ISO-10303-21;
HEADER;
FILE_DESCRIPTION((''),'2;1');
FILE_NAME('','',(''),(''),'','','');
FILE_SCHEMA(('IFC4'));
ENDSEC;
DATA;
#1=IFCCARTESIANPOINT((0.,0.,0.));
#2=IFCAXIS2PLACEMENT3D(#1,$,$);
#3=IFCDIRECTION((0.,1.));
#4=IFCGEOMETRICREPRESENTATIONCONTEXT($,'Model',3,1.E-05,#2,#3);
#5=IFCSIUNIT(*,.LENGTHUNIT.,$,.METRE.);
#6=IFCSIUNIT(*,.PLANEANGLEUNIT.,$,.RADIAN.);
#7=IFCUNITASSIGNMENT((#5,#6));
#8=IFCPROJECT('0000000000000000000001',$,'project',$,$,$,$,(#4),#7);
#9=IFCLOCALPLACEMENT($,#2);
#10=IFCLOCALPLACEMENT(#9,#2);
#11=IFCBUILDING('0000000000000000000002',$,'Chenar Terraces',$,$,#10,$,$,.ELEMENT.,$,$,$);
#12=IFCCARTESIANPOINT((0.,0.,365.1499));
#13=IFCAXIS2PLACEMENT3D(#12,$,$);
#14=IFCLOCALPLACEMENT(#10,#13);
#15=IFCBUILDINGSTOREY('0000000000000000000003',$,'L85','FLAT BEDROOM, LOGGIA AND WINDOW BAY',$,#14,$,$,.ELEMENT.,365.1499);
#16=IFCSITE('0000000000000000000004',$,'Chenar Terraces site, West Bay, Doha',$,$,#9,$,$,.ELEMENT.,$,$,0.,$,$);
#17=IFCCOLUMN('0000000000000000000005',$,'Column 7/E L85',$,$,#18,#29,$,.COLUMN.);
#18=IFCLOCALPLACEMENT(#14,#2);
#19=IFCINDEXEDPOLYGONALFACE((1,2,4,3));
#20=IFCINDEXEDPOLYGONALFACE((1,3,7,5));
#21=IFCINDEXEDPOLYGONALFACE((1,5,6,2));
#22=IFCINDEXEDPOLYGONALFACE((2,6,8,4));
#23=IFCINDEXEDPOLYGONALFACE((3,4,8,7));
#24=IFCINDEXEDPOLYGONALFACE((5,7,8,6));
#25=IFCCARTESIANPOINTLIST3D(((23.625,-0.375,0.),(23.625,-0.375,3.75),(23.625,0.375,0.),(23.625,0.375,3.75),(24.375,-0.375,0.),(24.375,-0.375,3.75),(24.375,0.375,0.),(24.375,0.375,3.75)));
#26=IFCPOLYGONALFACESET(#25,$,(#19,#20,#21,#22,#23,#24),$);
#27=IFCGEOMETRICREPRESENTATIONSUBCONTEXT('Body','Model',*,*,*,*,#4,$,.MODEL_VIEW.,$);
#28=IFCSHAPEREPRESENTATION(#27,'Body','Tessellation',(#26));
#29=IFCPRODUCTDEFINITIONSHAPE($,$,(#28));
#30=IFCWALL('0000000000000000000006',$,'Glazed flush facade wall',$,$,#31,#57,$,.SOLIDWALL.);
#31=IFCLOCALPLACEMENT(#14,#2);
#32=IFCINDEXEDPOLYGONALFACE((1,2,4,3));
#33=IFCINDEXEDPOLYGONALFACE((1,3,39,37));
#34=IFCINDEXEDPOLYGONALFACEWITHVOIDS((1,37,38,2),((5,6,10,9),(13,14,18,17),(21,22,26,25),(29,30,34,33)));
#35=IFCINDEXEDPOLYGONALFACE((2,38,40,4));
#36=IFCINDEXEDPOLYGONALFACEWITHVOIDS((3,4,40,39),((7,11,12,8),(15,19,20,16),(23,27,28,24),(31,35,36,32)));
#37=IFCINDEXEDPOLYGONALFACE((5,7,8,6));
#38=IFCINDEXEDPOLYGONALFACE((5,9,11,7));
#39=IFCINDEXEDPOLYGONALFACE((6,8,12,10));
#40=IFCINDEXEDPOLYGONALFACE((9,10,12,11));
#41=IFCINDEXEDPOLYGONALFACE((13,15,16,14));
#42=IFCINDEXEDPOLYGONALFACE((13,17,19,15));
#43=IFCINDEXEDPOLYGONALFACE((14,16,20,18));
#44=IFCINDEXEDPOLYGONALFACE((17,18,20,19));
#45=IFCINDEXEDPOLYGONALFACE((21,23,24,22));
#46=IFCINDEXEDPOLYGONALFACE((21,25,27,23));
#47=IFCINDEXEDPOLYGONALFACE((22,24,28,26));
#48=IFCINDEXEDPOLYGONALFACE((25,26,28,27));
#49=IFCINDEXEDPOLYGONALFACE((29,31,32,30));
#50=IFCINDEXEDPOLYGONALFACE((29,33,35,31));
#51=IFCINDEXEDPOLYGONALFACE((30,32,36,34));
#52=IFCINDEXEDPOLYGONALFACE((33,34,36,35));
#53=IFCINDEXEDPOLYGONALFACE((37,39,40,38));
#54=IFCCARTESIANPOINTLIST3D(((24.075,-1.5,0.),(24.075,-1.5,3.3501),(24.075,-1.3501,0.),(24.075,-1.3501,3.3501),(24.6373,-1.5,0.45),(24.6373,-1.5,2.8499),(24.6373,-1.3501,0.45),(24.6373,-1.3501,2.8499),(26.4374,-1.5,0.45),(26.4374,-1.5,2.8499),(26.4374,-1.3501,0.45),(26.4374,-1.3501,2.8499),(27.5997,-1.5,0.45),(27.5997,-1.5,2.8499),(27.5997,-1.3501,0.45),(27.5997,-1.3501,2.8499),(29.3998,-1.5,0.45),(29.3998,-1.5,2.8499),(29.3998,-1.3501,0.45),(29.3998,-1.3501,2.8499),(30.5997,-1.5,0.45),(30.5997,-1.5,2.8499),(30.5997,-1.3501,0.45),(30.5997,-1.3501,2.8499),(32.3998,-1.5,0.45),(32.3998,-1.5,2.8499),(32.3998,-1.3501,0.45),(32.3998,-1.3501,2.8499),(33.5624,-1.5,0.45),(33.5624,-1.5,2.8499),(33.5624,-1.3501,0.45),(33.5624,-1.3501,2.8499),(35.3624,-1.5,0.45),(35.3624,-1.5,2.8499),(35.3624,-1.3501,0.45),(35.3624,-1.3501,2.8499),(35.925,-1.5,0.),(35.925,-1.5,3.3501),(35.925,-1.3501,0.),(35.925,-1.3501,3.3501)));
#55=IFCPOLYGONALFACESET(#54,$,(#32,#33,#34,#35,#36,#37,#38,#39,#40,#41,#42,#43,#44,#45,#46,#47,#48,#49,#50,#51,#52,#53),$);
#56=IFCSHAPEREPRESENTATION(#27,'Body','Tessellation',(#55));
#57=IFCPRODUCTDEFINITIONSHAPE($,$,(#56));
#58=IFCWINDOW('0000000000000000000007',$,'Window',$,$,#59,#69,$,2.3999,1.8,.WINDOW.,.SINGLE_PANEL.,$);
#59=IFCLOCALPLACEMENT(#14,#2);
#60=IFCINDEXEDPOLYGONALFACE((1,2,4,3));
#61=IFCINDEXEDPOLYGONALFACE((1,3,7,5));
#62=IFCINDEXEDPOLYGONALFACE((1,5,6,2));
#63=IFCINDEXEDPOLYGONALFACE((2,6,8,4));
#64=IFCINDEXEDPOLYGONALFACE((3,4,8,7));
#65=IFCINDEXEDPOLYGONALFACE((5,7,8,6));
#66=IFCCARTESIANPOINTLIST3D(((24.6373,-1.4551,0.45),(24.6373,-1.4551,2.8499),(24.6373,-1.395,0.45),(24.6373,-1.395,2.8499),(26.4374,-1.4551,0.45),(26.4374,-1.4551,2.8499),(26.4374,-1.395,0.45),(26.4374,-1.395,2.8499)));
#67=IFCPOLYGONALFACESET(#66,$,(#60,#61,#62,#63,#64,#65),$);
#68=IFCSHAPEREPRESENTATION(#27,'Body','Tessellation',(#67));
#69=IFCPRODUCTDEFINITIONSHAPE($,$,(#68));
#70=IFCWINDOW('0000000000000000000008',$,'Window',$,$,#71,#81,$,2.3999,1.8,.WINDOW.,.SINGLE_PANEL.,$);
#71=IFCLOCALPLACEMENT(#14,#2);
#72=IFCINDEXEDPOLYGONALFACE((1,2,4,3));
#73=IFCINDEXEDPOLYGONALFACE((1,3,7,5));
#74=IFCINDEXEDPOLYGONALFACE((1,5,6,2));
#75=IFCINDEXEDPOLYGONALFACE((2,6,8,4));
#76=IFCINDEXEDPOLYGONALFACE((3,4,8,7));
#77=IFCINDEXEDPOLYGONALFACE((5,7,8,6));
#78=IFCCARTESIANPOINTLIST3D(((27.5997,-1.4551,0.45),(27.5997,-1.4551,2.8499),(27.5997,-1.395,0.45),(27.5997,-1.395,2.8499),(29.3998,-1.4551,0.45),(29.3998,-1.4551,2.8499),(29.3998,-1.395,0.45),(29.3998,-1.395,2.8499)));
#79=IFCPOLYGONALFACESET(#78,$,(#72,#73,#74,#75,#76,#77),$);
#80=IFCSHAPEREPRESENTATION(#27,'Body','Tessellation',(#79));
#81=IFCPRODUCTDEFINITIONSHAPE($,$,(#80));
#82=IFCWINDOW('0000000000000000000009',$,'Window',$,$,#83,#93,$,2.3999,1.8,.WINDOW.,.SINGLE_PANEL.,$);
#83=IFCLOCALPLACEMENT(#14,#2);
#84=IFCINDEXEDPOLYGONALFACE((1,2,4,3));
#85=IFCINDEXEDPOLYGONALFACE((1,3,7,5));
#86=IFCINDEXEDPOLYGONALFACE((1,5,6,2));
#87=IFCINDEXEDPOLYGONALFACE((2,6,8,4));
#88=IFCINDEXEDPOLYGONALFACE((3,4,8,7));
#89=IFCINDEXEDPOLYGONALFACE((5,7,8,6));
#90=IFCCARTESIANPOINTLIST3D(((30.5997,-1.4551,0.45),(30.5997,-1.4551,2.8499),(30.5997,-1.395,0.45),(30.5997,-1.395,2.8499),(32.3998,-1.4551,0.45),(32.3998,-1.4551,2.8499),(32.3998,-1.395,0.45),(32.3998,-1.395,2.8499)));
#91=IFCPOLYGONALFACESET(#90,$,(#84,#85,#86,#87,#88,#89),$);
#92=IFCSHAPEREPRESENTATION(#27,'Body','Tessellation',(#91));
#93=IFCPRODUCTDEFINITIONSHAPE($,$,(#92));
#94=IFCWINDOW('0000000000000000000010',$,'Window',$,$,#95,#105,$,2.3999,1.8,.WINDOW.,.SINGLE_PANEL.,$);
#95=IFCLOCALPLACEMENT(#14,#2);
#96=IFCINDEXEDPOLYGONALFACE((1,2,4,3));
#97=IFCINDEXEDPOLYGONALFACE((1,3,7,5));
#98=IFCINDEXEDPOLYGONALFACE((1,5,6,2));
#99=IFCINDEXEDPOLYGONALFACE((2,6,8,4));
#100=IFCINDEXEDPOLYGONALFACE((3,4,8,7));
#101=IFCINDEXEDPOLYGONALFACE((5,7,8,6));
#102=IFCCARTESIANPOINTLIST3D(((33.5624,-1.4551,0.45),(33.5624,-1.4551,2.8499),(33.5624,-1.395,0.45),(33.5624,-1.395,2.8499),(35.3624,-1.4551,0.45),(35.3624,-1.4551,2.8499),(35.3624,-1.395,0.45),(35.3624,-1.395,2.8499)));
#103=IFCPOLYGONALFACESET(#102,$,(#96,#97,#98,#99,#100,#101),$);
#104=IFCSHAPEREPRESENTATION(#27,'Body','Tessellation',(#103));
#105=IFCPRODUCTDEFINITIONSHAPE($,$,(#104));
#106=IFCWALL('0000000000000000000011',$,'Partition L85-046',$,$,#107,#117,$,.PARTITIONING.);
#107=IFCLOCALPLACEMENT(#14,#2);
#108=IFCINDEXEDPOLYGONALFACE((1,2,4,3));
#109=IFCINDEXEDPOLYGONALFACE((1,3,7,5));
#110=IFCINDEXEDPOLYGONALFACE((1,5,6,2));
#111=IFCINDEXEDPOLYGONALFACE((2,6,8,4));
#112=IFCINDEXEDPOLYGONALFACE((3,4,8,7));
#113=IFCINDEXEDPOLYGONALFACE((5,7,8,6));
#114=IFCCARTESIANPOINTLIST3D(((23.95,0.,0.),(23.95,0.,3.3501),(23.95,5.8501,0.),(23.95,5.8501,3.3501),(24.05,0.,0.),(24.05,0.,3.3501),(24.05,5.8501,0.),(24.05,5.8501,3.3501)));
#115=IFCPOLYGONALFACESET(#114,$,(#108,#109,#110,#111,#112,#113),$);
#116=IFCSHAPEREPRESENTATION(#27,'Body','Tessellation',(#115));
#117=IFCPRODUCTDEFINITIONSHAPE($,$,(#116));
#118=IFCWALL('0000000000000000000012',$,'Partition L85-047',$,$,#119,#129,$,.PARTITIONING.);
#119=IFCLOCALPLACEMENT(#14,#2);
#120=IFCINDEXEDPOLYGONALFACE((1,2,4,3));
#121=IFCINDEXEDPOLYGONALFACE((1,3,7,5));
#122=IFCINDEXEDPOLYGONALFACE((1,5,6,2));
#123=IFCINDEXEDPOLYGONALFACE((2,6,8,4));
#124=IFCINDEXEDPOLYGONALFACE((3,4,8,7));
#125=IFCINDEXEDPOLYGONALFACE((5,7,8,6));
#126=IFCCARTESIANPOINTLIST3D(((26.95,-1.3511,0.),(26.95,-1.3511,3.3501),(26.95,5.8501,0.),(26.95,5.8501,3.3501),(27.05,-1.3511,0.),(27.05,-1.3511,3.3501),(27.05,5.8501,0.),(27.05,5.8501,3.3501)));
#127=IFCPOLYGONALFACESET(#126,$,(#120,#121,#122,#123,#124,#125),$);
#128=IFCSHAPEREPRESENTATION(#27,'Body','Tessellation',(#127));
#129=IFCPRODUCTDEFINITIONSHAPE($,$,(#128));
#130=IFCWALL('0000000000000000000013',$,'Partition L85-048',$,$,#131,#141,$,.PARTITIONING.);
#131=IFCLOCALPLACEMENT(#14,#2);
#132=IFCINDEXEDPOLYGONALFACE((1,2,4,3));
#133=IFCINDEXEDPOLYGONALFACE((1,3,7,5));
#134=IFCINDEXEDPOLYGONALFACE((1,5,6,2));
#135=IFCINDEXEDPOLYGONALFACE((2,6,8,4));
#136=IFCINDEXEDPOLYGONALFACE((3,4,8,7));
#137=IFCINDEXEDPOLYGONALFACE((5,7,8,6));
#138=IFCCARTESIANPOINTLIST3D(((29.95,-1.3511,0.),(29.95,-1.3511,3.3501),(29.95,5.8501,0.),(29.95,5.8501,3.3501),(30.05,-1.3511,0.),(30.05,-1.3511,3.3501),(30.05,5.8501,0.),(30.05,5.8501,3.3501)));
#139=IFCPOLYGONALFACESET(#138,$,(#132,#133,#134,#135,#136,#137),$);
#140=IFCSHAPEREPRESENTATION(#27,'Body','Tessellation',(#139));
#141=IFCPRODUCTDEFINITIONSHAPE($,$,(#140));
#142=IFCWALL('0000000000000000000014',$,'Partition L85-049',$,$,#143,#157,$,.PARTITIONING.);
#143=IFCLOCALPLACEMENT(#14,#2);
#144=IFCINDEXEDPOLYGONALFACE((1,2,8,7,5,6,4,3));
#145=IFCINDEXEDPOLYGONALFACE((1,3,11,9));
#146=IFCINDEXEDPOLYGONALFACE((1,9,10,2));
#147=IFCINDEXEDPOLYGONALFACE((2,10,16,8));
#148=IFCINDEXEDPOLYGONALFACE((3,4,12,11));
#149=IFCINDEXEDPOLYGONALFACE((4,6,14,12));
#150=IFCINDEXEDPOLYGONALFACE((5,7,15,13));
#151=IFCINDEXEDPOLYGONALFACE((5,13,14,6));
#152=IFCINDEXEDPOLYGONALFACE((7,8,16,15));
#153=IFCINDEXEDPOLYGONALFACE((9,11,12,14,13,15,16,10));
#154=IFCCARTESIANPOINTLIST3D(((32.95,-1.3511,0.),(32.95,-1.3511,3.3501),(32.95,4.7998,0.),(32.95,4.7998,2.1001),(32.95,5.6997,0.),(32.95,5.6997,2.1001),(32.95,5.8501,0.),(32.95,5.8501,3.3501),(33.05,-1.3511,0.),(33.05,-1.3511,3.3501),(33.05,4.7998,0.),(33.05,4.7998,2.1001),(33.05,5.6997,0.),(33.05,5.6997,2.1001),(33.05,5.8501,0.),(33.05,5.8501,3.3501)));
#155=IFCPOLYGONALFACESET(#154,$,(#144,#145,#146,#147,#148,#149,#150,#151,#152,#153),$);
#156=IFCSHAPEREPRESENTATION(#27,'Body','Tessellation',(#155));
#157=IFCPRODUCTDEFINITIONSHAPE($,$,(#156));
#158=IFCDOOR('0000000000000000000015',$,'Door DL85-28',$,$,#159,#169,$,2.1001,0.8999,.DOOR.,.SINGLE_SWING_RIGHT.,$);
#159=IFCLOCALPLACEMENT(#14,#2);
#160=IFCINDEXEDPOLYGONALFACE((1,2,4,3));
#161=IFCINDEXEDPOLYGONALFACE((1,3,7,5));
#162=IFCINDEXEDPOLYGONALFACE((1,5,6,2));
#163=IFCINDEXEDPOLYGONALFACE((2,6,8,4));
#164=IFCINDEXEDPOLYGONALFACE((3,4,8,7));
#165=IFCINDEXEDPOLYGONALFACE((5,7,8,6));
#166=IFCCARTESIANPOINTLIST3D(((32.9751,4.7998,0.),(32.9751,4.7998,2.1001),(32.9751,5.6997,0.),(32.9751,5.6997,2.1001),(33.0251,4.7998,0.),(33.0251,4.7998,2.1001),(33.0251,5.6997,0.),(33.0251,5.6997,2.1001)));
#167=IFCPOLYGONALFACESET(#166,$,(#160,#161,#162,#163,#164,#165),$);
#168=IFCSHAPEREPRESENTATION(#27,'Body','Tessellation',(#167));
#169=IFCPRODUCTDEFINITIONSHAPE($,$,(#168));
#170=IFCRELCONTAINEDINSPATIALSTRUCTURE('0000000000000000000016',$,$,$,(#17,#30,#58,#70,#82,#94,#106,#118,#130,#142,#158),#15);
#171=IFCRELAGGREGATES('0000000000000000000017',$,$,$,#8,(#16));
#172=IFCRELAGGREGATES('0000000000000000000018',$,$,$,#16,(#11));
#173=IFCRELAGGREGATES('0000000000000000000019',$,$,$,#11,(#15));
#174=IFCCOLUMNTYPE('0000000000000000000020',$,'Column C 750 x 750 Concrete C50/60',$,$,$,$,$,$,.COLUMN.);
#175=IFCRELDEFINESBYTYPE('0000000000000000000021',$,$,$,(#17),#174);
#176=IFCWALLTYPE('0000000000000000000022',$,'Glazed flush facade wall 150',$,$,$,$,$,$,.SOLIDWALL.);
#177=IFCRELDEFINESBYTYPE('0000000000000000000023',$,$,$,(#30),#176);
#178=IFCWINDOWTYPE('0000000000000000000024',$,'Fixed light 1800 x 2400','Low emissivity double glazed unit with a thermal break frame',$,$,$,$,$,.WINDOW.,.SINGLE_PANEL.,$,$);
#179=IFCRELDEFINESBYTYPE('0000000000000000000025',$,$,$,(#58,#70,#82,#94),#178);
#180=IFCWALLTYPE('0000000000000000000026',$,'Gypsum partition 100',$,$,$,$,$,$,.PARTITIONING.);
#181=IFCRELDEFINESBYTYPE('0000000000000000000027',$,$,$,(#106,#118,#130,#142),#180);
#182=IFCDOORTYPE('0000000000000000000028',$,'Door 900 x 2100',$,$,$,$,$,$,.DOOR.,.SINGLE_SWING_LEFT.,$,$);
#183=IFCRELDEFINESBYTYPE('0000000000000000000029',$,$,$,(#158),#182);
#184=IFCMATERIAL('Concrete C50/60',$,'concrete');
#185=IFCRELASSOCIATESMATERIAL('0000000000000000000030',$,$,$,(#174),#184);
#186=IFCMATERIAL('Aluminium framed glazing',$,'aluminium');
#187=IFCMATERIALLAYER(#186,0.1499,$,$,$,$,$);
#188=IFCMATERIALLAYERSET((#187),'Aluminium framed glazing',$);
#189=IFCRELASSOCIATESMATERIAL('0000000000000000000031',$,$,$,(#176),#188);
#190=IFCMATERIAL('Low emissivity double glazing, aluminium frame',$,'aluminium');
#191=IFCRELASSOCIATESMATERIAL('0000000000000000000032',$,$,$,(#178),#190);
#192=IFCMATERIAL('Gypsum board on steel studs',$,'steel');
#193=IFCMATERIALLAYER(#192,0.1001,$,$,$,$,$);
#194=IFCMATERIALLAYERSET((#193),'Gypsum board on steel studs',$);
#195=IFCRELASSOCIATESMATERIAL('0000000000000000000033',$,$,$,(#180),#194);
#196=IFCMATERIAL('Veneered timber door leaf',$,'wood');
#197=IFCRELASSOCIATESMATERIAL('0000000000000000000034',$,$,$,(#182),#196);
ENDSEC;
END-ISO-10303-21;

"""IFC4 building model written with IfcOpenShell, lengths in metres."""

from ifc_helpers import new_model, si_unit, direction, frame, frame_2d, origin, origin_2d, place, context, subcontext, project, spatial, rectangle, extrude, material, layer, layer_set, material_profile, profile_set, type_object, element, fill, save


model = new_model("IFC4")

# Units and contexts
model_context = context("Model", 3, precision=1e-05, world=origin(), true_north=direction((0.0, 1.0)))
body_context = subcontext(model_context, "Body", "Model", "MODEL_VIEW")
ifc_project = project(units=[si_unit("LENGTHUNIT", "METRE"), si_unit("PLANEANGLEUNIT", "RADIAN")], contexts=[model_context])

# Site, building, storey
site_placement = place(None, origin())
site = spatial("IfcSite", under=ifc_project, at=site_placement, Name="Chenar Terraces site, West Bay, Doha", CompositionType="ELEMENT", RefElevation=0.0)
building_placement = place(site_placement, origin())
building = spatial("IfcBuilding", under=site, at=building_placement, Name="Chenar Terraces", CompositionType="ELEMENT")
storey_placement = place(building_placement, frame((0.0, 0.0, 365.1499)))
storey = spatial("IfcBuildingStorey", under=building, at=storey_placement, Name="L85", Description="FLAT BEDROOM, LOGGIA AND WINDOW BAY", CompositionType="ELEMENT", Elevation=365.1499)

# Column
ifc_material_1 = material(Name="Concrete C50/60", Category="concrete")
ifc_material_profile = material_profile(ifc_material_1, rectangle(XDim=0.75, YDim=0.75, at=origin_2d()), Name="C 750 x 750")
ifc_profile_set = profile_set([ifc_material_profile], Name="Concrete C50/60")
column_type = type_object("IfcColumnType", Name="Column C 750 x 750 Concrete C50/60", PredefinedType="COLUMN", material=ifc_profile_set)
column_placement = place(storey_placement, frame((24.0, 0.0, 0.0), z_axis=(0.0, 0.0, 1.0), x_axis=(1.0, 0.0, 0.0)))
element("IfcColumn", 1, at=column_placement, inside=storey, type_object=column_type, Name="Column 7/E L85", PredefinedType="COLUMN", context=body_context, shape_type="SweptSolid", body=[
    extrude(rectangle(XDim=0.75, YDim=0.75, at=origin_2d()), origin(), (0.0, 0.0, 1.0), 3.75),
])

# Wall, openings, windows
ifc_material_2 = material(Name="Aluminium framed glazing", Category="aluminium")
ifc_layer_1 = layer(ifc_material_2, 0.1499)
ifc_layer_set_1 = layer_set([ifc_layer_1], Name="Aluminium framed glazing")
wall_type_1 = type_object("IfcWallType", Name="Glazed flush facade wall 150", PredefinedType="SOLIDWALL", material=ifc_layer_set_1)
wall_1_placement = place(storey_placement, frame((24.075, -1.425, 0.0), z_axis=(0.0, 0.0, 1.0), x_axis=(1.0, 0.0, 0.0)))
wall_1 = element("IfcWall", 2, at=wall_1_placement, inside=storey, type_object=wall_type_1, Name="Glazed flush facade wall", PredefinedType="SOLIDWALL", context=body_context, shape_type="SweptSolid", body=[
    extrude(rectangle(XDim=11.8501, YDim=0.1499, at=frame_2d((5.925, 0.0))), origin(), (0.0, 0.0, 1.0), 3.3501),
])
opening_1_placement = place(wall_1_placement, frame((0.5625, 0.0, 0.45)))
opening_1 = element("IfcOpeningElement", 3, at=opening_1_placement, cuts=wall_1, PredefinedType="OPENING", context=body_context, shape_type="SweptSolid", body=[
    extrude(rectangle(XDim=1.8, YDim=2.3999, at=frame_2d((0.8999, 1.2))), frame((0.0, 0.085, 0.0), z_axis=(0.0, -1.0, 0.0), x_axis=(1.0, 0.0, 0.0)), (0.0, 0.0, 1.0), 0.1699),
])
opening_2_placement = place(wall_1_placement, frame((3.5249, 0.0, 0.45)))
opening_2 = element("IfcOpeningElement", 4, at=opening_2_placement, cuts=wall_1, PredefinedType="OPENING", context=body_context, shape_type="SweptSolid", body=[
    extrude(rectangle(XDim=1.8, YDim=2.3999, at=frame_2d((0.8999, 1.2))), frame((0.0, 0.085, 0.0), z_axis=(0.0, -1.0, 0.0), x_axis=(1.0, 0.0, 0.0)), (0.0, 0.0, 1.0), 0.1699),
])
opening_3_placement = place(wall_1_placement, frame((6.5249, 0.0, 0.45)))
opening_3 = element("IfcOpeningElement", 5, at=opening_3_placement, cuts=wall_1, PredefinedType="OPENING", context=body_context, shape_type="SweptSolid", body=[
    extrude(rectangle(XDim=1.8, YDim=2.3999, at=frame_2d((0.8999, 1.2))), frame((0.0, 0.085, 0.0), z_axis=(0.0, -1.0, 0.0), x_axis=(1.0, 0.0, 0.0)), (0.0, 0.0, 1.0), 0.1699),
])
opening_4_placement = place(wall_1_placement, frame((9.4875, 0.0, 0.45)))
opening_4 = element("IfcOpeningElement", 6, at=opening_4_placement, cuts=wall_1, PredefinedType="OPENING", context=body_context, shape_type="SweptSolid", body=[
    extrude(rectangle(XDim=1.8, YDim=2.3999, at=frame_2d((0.8999, 1.2))), frame((0.0, 0.085, 0.0), z_axis=(0.0, -1.0, 0.0), x_axis=(1.0, 0.0, 0.0)), (0.0, 0.0, 1.0), 0.1699),
])
ifc_material_3 = material(Name="Low emissivity double glazing, aluminium frame", Category="aluminium")
window_type = type_object("IfcWindowType", Name="Fixed light 1800 x 2400", Description="Low emissivity double glazed unit with a thermal break frame", PartitioningType="SINGLE_PANEL", PredefinedType="WINDOW", material=ifc_material_3)
window_1_placement = place(opening_1_placement, origin())
window_1 = element("IfcWindow", 7, at=window_1_placement, inside=storey, type_object=window_type, Name="Window", OverallHeight=2.3999, OverallWidth=1.8, PartitioningType="SINGLE_PANEL", PredefinedType="WINDOW", context=body_context, shape_type="SweptSolid", body=[
    extrude(rectangle(XDim=1.8, YDim=2.3999, at=frame_2d((0.8999, 1.2))), frame((0.0, 0.03, 0.0), z_axis=(0.0, -1.0, 0.0), x_axis=(1.0, 0.0, 0.0)), (0.0, 0.0, 1.0), 0.0601),
])
fill(opening_1, window_1)
window_2_placement = place(opening_2_placement, origin())
window_2 = element("IfcWindow", 8, at=window_2_placement, inside=storey, type_object=window_type, Name="Window", OverallHeight=2.3999, OverallWidth=1.8, PartitioningType="SINGLE_PANEL", PredefinedType="WINDOW", context=body_context, shape_type="SweptSolid", body=[
    extrude(rectangle(XDim=1.8, YDim=2.3999, at=frame_2d((0.8999, 1.2))), frame((0.0, 0.03, 0.0), z_axis=(0.0, -1.0, 0.0), x_axis=(1.0, 0.0, 0.0)), (0.0, 0.0, 1.0), 0.0601),
])
fill(opening_2, window_2)
window_3_placement = place(opening_3_placement, origin())
window_3 = element("IfcWindow", 9, at=window_3_placement, inside=storey, type_object=window_type, Name="Window", OverallHeight=2.3999, OverallWidth=1.8, PartitioningType="SINGLE_PANEL", PredefinedType="WINDOW", context=body_context, shape_type="SweptSolid", body=[
    extrude(rectangle(XDim=1.8, YDim=2.3999, at=frame_2d((0.8999, 1.2))), frame((0.0, 0.03, 0.0), z_axis=(0.0, -1.0, 0.0), x_axis=(1.0, 0.0, 0.0)), (0.0, 0.0, 1.0), 0.0601),
])
fill(opening_3, window_3)
window_4_placement = place(opening_4_placement, origin())
window_4 = element("IfcWindow", 10, at=window_4_placement, inside=storey, type_object=window_type, Name="Window", OverallHeight=2.3999, OverallWidth=1.8, PartitioningType="SINGLE_PANEL", PredefinedType="WINDOW", context=body_context, shape_type="SweptSolid", body=[
    extrude(rectangle(XDim=1.8, YDim=2.3999, at=frame_2d((0.8999, 1.2))), frame((0.0, 0.03, 0.0), z_axis=(0.0, -1.0, 0.0), x_axis=(1.0, 0.0, 0.0)), (0.0, 0.0, 1.0), 0.0601),
])
fill(opening_4, window_4)

# Walls
ifc_material_4 = material(Name="Gypsum board on steel studs", Category="steel")
ifc_layer_2 = layer(ifc_material_4, 0.1001)
ifc_layer_set_2 = layer_set([ifc_layer_2], Name="Gypsum board on steel studs")
wall_type_2 = type_object("IfcWallType", Name="Gypsum partition 100", PredefinedType="PARTITIONING", material=ifc_layer_set_2)
wall_2_placement = place(storey_placement, frame((24.0, 0.0, 0.0), z_axis=(0.0, 0.0, 1.0), x_axis=(0.0, 1.0, 0.0)))
element("IfcWall", 11, at=wall_2_placement, inside=storey, type_object=wall_type_2, Name="Partition L85-046", PredefinedType="PARTITIONING", context=body_context, shape_type="SweptSolid", body=[
    extrude(rectangle(XDim=5.8501, YDim=0.1001, at=frame_2d((2.925, 0.0))), origin(), (0.0, 0.0, 1.0), 3.3501),
])
for number, where, z_axis, x_axis, name in (
    (12, (27.0, -1.3511, 0.0), (0.0, 0.0, 1.0), (0.0, 1.0, 0.0), "Partition L85-047"),
    (13, (30.0, -1.3511, 0.0), (0.0, 0.0, 1.0), (0.0, 1.0, 0.0), "Partition L85-048"),
):
    element("IfcWall", number, at=place(storey_placement, frame(where, z_axis=z_axis, x_axis=x_axis)), inside=storey, type_object=wall_type_2, Name=name, PredefinedType="PARTITIONING", context=body_context, shape_type="SweptSolid", body=[
        extrude(rectangle(XDim=7.2012, YDim=0.1001, at=frame_2d((3.6006, 0.0))), origin(), (0.0, 0.0, 1.0), 3.3501),
    ])

# Wall, opening, door
wall_3_placement = place(storey_placement, frame((33.0, -1.3511, 0.0), z_axis=(0.0, 0.0, 1.0), x_axis=(0.0, 1.0, 0.0)))
wall_3 = element("IfcWall", 14, at=wall_3_placement, inside=storey, type_object=wall_type_2, Name="Partition L85-049", PredefinedType="PARTITIONING", context=body_context, shape_type="SweptSolid", body=[
    extrude(rectangle(XDim=7.2012, YDim=0.1001, at=frame_2d((3.6006, 0.0))), origin(), (0.0, 0.0, 1.0), 3.3501),
])
opening_5_placement = place(wall_3_placement, frame((6.1509, 0.0, 0.0)))
opening_5 = element("IfcOpeningElement", 15, at=opening_5_placement, cuts=wall_3, PredefinedType="OPENING", context=body_context, shape_type="SweptSolid", body=[
    extrude(rectangle(XDim=0.8999, YDim=2.1001, at=frame_2d((0.45, 1.05))), frame((0.0, 0.0601, 0.0), z_axis=(0.0, -1.0, 0.0), x_axis=(1.0, 0.0, 0.0)), (0.0, 0.0, 1.0), 0.1201),
])
ifc_material_5 = material(Name="Veneered timber door leaf", Category="wood")
door_type = type_object("IfcDoorType", Name="Door 900 x 2100", OperationType="SINGLE_SWING_LEFT", PredefinedType="DOOR", material=ifc_material_5)
door_placement = place(opening_5_placement, origin())
door = element("IfcDoor", 16, at=door_placement, inside=storey, type_object=door_type, Name="Door DL85-28", OperationType="SINGLE_SWING_RIGHT", OverallHeight=2.1001, OverallWidth=0.8999, PredefinedType="DOOR", context=body_context, shape_type="SweptSolid", body=[
    extrude(rectangle(XDim=0.8999, YDim=2.1001, at=frame_2d((0.45, 1.05))), frame((0.0, 0.0249, 0.0), z_axis=(0.0, -1.0, 0.0), x_axis=(1.0, 0.0, 0.0)), (0.0, 0.0, 1.0), 0.05),
])
fill(opening_5, door)

save(model, "model.ifc")
